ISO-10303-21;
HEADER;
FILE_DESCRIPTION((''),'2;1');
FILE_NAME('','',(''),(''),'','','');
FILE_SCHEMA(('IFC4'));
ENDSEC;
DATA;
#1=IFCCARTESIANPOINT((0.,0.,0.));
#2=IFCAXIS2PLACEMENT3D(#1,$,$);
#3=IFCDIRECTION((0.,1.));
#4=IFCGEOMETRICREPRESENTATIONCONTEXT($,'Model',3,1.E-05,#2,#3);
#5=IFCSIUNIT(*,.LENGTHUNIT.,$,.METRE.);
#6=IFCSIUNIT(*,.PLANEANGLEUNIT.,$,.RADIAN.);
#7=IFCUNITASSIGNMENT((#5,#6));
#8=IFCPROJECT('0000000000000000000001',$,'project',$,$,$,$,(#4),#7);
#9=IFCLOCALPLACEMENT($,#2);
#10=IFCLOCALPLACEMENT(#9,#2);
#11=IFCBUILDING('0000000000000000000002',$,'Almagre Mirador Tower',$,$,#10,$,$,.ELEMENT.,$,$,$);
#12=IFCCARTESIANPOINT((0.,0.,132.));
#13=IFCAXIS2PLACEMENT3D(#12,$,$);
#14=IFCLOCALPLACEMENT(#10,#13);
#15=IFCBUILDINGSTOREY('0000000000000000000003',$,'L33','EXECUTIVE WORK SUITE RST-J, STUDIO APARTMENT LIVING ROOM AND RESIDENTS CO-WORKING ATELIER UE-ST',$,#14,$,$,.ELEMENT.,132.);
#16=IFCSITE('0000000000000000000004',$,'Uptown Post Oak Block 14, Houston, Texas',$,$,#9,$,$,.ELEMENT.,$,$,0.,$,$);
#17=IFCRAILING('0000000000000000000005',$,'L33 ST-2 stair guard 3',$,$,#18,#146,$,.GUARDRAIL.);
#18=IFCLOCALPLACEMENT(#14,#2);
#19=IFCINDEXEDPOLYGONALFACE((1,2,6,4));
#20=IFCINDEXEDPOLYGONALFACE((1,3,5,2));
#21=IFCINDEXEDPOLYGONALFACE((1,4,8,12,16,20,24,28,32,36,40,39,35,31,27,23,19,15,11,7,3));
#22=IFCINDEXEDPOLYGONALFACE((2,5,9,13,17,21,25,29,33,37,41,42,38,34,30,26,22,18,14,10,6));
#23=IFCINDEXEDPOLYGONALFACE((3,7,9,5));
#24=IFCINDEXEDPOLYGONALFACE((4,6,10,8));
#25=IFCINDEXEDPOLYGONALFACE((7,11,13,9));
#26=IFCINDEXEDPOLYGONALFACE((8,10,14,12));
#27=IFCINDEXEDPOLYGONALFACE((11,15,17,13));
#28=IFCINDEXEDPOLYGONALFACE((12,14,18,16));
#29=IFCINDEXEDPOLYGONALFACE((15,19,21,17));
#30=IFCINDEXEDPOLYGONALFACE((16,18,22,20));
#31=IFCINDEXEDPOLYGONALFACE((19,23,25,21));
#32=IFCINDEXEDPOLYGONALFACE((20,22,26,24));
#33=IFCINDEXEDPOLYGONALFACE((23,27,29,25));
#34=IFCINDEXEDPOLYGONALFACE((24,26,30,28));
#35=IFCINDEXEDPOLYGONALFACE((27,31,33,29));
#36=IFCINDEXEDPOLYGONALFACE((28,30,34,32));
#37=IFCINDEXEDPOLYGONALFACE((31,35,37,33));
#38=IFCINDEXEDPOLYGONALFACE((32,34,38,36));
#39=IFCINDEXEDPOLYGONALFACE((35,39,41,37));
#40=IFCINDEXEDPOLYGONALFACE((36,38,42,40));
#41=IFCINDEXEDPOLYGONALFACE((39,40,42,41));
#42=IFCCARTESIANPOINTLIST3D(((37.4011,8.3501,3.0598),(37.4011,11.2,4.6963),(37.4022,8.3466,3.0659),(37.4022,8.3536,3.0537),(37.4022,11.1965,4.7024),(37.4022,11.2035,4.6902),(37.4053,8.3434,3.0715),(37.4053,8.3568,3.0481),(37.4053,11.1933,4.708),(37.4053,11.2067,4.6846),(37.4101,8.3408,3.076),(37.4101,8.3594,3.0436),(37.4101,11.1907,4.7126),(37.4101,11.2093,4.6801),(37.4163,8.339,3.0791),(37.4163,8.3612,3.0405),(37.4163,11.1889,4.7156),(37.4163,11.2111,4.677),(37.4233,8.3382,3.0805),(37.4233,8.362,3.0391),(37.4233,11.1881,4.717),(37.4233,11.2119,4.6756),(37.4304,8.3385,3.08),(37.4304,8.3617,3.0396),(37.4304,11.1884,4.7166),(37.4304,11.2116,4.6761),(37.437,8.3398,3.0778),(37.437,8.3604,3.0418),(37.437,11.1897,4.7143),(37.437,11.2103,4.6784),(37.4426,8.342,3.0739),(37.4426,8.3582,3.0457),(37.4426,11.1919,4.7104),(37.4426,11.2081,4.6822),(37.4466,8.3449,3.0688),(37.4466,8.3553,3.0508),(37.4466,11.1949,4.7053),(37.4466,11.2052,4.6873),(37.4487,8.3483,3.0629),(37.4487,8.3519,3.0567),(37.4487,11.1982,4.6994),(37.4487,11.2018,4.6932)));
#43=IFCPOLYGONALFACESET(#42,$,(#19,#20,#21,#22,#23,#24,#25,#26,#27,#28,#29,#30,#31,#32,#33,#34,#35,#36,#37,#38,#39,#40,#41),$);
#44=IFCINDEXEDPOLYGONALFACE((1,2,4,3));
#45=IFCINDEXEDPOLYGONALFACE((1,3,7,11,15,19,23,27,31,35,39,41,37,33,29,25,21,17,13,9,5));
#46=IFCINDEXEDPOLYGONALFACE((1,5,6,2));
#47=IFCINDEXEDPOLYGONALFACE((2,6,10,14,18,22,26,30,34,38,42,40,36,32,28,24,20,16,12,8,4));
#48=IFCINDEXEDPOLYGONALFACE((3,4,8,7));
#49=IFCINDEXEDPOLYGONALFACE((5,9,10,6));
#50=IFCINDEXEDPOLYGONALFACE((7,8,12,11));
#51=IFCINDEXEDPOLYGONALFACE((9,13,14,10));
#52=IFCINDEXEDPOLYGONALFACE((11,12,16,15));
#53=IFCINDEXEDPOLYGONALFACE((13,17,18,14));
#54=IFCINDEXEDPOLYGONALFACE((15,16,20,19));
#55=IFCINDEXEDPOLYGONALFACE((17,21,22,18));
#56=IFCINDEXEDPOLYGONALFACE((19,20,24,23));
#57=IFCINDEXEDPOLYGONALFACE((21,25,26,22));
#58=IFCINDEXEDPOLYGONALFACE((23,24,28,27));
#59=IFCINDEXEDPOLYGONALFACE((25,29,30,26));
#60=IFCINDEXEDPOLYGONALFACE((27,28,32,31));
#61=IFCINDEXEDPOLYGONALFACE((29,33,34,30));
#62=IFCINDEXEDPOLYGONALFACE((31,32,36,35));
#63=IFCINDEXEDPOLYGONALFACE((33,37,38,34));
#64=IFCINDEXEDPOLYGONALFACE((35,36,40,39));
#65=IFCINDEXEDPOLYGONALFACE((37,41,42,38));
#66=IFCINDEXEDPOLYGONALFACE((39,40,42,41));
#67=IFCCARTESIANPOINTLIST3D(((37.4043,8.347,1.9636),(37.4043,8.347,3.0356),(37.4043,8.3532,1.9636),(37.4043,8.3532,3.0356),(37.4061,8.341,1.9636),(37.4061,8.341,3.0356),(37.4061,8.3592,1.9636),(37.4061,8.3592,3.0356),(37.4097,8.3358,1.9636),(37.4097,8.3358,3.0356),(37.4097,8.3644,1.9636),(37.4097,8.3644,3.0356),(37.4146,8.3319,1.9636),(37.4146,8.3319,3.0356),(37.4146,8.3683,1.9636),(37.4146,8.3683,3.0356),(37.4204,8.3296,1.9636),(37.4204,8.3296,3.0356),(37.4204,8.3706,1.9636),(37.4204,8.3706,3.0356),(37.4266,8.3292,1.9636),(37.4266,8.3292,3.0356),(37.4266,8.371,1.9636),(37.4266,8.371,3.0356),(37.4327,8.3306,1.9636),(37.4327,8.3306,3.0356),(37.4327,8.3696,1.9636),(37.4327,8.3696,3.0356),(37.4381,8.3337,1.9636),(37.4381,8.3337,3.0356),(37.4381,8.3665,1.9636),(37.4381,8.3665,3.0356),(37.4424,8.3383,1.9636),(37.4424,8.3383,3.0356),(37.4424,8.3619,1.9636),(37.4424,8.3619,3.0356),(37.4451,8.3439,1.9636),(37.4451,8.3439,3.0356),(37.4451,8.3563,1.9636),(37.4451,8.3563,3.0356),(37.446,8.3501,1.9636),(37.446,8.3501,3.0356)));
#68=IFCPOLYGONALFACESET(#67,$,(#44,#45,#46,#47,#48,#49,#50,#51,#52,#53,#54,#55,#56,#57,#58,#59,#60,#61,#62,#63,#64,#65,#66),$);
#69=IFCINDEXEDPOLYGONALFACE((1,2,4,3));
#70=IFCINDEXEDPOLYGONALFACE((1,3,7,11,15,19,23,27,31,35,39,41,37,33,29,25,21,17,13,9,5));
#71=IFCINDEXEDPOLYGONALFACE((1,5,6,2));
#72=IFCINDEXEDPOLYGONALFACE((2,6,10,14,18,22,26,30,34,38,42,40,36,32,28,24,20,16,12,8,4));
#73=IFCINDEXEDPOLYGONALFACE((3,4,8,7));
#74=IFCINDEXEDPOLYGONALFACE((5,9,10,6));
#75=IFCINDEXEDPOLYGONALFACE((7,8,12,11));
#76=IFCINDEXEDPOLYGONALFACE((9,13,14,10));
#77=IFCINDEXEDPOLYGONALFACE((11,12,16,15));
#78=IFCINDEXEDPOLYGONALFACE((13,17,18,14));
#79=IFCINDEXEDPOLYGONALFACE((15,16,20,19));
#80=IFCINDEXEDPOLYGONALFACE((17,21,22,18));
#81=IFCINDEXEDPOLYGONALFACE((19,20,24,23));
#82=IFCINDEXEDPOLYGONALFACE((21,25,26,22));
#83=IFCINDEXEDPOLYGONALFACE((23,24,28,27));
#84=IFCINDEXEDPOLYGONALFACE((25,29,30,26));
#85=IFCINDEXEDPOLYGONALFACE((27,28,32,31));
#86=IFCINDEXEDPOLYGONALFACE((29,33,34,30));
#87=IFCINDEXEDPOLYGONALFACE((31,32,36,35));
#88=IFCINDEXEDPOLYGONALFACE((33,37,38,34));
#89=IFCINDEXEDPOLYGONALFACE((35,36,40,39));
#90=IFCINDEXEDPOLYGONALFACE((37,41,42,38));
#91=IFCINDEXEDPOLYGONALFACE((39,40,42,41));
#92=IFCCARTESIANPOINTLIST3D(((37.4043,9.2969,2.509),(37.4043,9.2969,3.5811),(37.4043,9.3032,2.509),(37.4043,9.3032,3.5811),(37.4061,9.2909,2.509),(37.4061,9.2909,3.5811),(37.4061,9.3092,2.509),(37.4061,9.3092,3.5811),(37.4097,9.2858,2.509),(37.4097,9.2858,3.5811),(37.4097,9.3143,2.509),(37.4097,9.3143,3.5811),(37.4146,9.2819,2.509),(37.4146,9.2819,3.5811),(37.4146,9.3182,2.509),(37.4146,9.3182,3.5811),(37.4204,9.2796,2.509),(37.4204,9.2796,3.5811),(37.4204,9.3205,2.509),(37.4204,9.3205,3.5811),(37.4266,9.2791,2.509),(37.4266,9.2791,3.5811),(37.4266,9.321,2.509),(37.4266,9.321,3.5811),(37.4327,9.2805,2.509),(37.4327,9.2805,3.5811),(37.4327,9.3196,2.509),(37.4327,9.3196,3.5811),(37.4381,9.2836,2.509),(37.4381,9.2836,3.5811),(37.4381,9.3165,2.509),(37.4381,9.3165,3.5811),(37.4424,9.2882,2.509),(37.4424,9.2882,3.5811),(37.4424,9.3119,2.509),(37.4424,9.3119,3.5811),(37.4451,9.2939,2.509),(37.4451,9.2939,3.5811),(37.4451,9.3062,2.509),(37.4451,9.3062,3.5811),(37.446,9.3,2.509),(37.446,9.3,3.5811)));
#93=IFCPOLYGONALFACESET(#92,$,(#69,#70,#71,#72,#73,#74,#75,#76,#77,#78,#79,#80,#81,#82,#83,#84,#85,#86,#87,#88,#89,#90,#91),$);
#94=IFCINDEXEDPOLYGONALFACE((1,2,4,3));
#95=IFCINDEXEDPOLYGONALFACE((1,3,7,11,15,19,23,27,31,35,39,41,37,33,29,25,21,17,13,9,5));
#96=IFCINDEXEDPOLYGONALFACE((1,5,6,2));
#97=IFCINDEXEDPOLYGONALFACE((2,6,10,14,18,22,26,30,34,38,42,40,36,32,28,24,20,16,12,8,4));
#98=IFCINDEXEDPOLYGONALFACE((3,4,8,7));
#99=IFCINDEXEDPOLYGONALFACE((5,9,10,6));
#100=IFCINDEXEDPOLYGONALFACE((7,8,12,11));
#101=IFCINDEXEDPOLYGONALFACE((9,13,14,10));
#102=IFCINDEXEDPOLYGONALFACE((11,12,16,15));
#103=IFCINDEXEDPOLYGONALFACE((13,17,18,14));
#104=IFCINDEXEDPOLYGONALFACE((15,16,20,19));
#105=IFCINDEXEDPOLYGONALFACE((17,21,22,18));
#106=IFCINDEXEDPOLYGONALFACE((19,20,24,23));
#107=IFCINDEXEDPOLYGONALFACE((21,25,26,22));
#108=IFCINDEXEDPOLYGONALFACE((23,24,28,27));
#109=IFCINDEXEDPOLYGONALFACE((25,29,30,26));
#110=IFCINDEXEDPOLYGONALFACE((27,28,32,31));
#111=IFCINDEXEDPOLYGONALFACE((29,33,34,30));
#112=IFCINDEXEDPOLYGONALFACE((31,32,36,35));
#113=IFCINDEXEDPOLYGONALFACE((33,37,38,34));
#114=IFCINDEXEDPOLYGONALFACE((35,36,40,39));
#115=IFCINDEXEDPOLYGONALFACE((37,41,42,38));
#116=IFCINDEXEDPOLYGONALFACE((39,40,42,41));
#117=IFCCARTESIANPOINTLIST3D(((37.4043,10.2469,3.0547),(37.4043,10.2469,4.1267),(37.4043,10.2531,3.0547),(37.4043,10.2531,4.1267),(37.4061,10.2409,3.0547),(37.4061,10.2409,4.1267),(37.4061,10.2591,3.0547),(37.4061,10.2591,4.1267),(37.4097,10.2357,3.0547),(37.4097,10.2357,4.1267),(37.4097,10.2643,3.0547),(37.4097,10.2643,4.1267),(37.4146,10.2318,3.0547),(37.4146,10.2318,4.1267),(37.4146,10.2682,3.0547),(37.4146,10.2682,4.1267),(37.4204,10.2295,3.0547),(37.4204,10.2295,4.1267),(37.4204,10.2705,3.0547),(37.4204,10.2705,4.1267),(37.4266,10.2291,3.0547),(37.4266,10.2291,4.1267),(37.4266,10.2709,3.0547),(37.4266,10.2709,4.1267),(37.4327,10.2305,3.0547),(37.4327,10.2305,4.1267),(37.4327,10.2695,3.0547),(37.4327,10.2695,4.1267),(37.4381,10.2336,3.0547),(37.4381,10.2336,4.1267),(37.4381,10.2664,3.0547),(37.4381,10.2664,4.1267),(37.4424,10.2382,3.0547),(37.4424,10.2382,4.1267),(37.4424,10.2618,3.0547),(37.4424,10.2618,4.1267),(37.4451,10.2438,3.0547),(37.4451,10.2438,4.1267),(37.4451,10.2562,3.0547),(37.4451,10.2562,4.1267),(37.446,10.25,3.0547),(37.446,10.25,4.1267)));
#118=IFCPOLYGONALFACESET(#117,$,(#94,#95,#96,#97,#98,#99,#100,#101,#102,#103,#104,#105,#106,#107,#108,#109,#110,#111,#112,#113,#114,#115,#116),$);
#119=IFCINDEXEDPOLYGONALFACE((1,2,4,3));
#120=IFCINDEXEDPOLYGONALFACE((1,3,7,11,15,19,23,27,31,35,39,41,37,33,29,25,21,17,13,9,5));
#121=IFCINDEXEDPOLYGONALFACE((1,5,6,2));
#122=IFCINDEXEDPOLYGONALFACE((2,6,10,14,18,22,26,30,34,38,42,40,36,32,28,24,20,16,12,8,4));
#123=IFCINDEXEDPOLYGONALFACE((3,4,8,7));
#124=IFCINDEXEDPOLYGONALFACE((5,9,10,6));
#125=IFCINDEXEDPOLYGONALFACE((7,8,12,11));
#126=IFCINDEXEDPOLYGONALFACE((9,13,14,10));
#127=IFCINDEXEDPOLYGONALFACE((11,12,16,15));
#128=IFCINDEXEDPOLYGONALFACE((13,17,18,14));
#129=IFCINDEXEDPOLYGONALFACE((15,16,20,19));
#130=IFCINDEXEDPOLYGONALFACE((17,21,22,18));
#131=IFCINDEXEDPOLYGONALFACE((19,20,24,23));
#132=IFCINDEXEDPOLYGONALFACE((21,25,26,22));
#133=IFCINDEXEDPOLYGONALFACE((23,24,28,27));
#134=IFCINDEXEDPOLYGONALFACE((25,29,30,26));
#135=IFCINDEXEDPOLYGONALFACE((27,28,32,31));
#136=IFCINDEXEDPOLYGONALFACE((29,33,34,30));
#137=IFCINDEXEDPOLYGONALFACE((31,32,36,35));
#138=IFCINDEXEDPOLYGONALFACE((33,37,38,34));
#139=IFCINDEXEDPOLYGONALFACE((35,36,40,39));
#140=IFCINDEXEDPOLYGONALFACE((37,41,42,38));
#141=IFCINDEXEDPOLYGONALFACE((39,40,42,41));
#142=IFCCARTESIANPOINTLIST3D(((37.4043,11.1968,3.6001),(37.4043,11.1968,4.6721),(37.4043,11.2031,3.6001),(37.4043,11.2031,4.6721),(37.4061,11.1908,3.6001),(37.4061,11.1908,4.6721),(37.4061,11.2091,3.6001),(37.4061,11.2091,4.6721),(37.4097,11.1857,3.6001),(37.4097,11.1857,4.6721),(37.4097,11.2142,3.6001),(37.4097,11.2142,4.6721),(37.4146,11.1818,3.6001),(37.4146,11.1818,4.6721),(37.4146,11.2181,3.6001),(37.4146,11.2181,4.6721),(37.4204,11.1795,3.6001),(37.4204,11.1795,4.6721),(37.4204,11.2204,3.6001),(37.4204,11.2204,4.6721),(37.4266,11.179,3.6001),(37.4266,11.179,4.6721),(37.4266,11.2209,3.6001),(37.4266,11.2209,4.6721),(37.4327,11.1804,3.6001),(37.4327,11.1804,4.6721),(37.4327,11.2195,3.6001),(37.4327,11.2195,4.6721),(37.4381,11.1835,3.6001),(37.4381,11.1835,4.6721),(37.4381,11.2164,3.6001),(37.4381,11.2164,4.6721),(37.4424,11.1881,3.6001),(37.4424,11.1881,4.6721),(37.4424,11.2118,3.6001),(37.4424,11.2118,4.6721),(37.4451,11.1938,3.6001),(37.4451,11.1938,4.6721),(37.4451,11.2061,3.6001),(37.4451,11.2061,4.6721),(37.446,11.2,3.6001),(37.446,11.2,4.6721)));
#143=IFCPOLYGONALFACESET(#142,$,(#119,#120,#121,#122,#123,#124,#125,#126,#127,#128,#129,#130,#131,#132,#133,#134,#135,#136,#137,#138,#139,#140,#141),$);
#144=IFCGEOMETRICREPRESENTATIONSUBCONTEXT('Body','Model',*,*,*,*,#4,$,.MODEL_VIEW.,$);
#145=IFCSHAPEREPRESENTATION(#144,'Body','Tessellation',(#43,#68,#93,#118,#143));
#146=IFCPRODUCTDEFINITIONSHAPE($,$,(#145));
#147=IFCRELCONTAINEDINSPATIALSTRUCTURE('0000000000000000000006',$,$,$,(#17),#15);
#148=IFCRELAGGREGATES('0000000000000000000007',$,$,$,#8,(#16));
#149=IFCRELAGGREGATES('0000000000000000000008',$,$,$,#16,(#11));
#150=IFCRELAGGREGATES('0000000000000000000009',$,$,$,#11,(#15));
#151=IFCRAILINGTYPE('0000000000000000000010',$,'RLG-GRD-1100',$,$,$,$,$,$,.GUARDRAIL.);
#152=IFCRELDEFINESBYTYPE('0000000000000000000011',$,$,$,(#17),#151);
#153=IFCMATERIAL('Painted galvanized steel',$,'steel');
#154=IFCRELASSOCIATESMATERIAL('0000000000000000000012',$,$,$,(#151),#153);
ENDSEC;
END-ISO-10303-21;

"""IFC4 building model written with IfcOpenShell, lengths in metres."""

from ifc_helpers import new_model, si_unit, direction, frame, origin, origin_2d, place, context, subcontext, project, spatial, circle, extrude, material, type_object, element, save


model = new_model("IFC4")

# Units and contexts
model_context = context("Model", 3, precision=1e-05, world=origin(), true_north=direction((0.0, 1.0)))
body_context = subcontext(model_context, "Body", "Model", "MODEL_VIEW")
ifc_project = project(units=[si_unit("LENGTHUNIT", "METRE"), si_unit("PLANEANGLEUNIT", "RADIAN")], contexts=[model_context])

# Site, building, storey
site_placement = place(None, origin())
site = spatial("IfcSite", under=ifc_project, at=site_placement, Name="Uptown Post Oak Block 14, Houston, Texas", CompositionType="ELEMENT", RefElevation=0.0)
building_placement = place(site_placement, origin())
building = spatial("IfcBuilding", under=site, at=building_placement, Name="Almagre Mirador Tower", CompositionType="ELEMENT")
storey_placement = place(building_placement, frame((0.0, 0.0, 132.0)))
storey = spatial("IfcBuildingStorey", under=building, at=storey_placement, Name="L33", Description="EXECUTIVE WORK SUITE RST-J, STUDIO APARTMENT LIVING ROOM AND RESIDENTS CO-WORKING ATELIER UE-ST", CompositionType="ELEMENT", Elevation=132.0)

# Railing
ifc_material_1 = material(Name="Painted galvanized steel", Category="steel")
railing_type_1 = type_object("IfcRailingType", Name="RLG-GRD-1100", PredefinedType="GUARDRAIL", material=ifc_material_1)
railing_1_placement = place(storey_placement, frame((37.425, 8.3501, 1.9636)))
element("IfcRailing", 1, at=railing_1_placement, inside=storey, type_object=railing_type_1, Name="L33 ST-2 stair guard 3", PredefinedType="GUARDRAIL", context=body_context, shape_type="SweptSolid", body=[
    extrude(circle(Radius=0.0239, at=origin_2d()), frame((0.0, 0.0, 1.0962), z_axis=(0.0, 0.867194, 0.49797), x_axis=(-1.0, 0.0, 0.0)), (0.0, 0.0, 1.0), 3.2864),
    extrude(circle(Radius=0.021, at=origin_2d()), origin(), (0.0, 0.0, 1.0), 1.072),
    extrude(circle(Radius=0.021, at=origin_2d()), frame((0.0, 0.95, 0.5454)), (0.0, 0.0, 1.0), 1.072),
    extrude(circle(Radius=0.021, at=origin_2d()), frame((0.0, 1.8999, 1.0911)), (0.0, 0.0, 1.0), 1.072),
    extrude(circle(Radius=0.021, at=origin_2d()), frame((0.0, 2.8499, 1.6365)), (0.0, 0.0, 1.0), 1.072),
])

save(model, "model.ifc")
